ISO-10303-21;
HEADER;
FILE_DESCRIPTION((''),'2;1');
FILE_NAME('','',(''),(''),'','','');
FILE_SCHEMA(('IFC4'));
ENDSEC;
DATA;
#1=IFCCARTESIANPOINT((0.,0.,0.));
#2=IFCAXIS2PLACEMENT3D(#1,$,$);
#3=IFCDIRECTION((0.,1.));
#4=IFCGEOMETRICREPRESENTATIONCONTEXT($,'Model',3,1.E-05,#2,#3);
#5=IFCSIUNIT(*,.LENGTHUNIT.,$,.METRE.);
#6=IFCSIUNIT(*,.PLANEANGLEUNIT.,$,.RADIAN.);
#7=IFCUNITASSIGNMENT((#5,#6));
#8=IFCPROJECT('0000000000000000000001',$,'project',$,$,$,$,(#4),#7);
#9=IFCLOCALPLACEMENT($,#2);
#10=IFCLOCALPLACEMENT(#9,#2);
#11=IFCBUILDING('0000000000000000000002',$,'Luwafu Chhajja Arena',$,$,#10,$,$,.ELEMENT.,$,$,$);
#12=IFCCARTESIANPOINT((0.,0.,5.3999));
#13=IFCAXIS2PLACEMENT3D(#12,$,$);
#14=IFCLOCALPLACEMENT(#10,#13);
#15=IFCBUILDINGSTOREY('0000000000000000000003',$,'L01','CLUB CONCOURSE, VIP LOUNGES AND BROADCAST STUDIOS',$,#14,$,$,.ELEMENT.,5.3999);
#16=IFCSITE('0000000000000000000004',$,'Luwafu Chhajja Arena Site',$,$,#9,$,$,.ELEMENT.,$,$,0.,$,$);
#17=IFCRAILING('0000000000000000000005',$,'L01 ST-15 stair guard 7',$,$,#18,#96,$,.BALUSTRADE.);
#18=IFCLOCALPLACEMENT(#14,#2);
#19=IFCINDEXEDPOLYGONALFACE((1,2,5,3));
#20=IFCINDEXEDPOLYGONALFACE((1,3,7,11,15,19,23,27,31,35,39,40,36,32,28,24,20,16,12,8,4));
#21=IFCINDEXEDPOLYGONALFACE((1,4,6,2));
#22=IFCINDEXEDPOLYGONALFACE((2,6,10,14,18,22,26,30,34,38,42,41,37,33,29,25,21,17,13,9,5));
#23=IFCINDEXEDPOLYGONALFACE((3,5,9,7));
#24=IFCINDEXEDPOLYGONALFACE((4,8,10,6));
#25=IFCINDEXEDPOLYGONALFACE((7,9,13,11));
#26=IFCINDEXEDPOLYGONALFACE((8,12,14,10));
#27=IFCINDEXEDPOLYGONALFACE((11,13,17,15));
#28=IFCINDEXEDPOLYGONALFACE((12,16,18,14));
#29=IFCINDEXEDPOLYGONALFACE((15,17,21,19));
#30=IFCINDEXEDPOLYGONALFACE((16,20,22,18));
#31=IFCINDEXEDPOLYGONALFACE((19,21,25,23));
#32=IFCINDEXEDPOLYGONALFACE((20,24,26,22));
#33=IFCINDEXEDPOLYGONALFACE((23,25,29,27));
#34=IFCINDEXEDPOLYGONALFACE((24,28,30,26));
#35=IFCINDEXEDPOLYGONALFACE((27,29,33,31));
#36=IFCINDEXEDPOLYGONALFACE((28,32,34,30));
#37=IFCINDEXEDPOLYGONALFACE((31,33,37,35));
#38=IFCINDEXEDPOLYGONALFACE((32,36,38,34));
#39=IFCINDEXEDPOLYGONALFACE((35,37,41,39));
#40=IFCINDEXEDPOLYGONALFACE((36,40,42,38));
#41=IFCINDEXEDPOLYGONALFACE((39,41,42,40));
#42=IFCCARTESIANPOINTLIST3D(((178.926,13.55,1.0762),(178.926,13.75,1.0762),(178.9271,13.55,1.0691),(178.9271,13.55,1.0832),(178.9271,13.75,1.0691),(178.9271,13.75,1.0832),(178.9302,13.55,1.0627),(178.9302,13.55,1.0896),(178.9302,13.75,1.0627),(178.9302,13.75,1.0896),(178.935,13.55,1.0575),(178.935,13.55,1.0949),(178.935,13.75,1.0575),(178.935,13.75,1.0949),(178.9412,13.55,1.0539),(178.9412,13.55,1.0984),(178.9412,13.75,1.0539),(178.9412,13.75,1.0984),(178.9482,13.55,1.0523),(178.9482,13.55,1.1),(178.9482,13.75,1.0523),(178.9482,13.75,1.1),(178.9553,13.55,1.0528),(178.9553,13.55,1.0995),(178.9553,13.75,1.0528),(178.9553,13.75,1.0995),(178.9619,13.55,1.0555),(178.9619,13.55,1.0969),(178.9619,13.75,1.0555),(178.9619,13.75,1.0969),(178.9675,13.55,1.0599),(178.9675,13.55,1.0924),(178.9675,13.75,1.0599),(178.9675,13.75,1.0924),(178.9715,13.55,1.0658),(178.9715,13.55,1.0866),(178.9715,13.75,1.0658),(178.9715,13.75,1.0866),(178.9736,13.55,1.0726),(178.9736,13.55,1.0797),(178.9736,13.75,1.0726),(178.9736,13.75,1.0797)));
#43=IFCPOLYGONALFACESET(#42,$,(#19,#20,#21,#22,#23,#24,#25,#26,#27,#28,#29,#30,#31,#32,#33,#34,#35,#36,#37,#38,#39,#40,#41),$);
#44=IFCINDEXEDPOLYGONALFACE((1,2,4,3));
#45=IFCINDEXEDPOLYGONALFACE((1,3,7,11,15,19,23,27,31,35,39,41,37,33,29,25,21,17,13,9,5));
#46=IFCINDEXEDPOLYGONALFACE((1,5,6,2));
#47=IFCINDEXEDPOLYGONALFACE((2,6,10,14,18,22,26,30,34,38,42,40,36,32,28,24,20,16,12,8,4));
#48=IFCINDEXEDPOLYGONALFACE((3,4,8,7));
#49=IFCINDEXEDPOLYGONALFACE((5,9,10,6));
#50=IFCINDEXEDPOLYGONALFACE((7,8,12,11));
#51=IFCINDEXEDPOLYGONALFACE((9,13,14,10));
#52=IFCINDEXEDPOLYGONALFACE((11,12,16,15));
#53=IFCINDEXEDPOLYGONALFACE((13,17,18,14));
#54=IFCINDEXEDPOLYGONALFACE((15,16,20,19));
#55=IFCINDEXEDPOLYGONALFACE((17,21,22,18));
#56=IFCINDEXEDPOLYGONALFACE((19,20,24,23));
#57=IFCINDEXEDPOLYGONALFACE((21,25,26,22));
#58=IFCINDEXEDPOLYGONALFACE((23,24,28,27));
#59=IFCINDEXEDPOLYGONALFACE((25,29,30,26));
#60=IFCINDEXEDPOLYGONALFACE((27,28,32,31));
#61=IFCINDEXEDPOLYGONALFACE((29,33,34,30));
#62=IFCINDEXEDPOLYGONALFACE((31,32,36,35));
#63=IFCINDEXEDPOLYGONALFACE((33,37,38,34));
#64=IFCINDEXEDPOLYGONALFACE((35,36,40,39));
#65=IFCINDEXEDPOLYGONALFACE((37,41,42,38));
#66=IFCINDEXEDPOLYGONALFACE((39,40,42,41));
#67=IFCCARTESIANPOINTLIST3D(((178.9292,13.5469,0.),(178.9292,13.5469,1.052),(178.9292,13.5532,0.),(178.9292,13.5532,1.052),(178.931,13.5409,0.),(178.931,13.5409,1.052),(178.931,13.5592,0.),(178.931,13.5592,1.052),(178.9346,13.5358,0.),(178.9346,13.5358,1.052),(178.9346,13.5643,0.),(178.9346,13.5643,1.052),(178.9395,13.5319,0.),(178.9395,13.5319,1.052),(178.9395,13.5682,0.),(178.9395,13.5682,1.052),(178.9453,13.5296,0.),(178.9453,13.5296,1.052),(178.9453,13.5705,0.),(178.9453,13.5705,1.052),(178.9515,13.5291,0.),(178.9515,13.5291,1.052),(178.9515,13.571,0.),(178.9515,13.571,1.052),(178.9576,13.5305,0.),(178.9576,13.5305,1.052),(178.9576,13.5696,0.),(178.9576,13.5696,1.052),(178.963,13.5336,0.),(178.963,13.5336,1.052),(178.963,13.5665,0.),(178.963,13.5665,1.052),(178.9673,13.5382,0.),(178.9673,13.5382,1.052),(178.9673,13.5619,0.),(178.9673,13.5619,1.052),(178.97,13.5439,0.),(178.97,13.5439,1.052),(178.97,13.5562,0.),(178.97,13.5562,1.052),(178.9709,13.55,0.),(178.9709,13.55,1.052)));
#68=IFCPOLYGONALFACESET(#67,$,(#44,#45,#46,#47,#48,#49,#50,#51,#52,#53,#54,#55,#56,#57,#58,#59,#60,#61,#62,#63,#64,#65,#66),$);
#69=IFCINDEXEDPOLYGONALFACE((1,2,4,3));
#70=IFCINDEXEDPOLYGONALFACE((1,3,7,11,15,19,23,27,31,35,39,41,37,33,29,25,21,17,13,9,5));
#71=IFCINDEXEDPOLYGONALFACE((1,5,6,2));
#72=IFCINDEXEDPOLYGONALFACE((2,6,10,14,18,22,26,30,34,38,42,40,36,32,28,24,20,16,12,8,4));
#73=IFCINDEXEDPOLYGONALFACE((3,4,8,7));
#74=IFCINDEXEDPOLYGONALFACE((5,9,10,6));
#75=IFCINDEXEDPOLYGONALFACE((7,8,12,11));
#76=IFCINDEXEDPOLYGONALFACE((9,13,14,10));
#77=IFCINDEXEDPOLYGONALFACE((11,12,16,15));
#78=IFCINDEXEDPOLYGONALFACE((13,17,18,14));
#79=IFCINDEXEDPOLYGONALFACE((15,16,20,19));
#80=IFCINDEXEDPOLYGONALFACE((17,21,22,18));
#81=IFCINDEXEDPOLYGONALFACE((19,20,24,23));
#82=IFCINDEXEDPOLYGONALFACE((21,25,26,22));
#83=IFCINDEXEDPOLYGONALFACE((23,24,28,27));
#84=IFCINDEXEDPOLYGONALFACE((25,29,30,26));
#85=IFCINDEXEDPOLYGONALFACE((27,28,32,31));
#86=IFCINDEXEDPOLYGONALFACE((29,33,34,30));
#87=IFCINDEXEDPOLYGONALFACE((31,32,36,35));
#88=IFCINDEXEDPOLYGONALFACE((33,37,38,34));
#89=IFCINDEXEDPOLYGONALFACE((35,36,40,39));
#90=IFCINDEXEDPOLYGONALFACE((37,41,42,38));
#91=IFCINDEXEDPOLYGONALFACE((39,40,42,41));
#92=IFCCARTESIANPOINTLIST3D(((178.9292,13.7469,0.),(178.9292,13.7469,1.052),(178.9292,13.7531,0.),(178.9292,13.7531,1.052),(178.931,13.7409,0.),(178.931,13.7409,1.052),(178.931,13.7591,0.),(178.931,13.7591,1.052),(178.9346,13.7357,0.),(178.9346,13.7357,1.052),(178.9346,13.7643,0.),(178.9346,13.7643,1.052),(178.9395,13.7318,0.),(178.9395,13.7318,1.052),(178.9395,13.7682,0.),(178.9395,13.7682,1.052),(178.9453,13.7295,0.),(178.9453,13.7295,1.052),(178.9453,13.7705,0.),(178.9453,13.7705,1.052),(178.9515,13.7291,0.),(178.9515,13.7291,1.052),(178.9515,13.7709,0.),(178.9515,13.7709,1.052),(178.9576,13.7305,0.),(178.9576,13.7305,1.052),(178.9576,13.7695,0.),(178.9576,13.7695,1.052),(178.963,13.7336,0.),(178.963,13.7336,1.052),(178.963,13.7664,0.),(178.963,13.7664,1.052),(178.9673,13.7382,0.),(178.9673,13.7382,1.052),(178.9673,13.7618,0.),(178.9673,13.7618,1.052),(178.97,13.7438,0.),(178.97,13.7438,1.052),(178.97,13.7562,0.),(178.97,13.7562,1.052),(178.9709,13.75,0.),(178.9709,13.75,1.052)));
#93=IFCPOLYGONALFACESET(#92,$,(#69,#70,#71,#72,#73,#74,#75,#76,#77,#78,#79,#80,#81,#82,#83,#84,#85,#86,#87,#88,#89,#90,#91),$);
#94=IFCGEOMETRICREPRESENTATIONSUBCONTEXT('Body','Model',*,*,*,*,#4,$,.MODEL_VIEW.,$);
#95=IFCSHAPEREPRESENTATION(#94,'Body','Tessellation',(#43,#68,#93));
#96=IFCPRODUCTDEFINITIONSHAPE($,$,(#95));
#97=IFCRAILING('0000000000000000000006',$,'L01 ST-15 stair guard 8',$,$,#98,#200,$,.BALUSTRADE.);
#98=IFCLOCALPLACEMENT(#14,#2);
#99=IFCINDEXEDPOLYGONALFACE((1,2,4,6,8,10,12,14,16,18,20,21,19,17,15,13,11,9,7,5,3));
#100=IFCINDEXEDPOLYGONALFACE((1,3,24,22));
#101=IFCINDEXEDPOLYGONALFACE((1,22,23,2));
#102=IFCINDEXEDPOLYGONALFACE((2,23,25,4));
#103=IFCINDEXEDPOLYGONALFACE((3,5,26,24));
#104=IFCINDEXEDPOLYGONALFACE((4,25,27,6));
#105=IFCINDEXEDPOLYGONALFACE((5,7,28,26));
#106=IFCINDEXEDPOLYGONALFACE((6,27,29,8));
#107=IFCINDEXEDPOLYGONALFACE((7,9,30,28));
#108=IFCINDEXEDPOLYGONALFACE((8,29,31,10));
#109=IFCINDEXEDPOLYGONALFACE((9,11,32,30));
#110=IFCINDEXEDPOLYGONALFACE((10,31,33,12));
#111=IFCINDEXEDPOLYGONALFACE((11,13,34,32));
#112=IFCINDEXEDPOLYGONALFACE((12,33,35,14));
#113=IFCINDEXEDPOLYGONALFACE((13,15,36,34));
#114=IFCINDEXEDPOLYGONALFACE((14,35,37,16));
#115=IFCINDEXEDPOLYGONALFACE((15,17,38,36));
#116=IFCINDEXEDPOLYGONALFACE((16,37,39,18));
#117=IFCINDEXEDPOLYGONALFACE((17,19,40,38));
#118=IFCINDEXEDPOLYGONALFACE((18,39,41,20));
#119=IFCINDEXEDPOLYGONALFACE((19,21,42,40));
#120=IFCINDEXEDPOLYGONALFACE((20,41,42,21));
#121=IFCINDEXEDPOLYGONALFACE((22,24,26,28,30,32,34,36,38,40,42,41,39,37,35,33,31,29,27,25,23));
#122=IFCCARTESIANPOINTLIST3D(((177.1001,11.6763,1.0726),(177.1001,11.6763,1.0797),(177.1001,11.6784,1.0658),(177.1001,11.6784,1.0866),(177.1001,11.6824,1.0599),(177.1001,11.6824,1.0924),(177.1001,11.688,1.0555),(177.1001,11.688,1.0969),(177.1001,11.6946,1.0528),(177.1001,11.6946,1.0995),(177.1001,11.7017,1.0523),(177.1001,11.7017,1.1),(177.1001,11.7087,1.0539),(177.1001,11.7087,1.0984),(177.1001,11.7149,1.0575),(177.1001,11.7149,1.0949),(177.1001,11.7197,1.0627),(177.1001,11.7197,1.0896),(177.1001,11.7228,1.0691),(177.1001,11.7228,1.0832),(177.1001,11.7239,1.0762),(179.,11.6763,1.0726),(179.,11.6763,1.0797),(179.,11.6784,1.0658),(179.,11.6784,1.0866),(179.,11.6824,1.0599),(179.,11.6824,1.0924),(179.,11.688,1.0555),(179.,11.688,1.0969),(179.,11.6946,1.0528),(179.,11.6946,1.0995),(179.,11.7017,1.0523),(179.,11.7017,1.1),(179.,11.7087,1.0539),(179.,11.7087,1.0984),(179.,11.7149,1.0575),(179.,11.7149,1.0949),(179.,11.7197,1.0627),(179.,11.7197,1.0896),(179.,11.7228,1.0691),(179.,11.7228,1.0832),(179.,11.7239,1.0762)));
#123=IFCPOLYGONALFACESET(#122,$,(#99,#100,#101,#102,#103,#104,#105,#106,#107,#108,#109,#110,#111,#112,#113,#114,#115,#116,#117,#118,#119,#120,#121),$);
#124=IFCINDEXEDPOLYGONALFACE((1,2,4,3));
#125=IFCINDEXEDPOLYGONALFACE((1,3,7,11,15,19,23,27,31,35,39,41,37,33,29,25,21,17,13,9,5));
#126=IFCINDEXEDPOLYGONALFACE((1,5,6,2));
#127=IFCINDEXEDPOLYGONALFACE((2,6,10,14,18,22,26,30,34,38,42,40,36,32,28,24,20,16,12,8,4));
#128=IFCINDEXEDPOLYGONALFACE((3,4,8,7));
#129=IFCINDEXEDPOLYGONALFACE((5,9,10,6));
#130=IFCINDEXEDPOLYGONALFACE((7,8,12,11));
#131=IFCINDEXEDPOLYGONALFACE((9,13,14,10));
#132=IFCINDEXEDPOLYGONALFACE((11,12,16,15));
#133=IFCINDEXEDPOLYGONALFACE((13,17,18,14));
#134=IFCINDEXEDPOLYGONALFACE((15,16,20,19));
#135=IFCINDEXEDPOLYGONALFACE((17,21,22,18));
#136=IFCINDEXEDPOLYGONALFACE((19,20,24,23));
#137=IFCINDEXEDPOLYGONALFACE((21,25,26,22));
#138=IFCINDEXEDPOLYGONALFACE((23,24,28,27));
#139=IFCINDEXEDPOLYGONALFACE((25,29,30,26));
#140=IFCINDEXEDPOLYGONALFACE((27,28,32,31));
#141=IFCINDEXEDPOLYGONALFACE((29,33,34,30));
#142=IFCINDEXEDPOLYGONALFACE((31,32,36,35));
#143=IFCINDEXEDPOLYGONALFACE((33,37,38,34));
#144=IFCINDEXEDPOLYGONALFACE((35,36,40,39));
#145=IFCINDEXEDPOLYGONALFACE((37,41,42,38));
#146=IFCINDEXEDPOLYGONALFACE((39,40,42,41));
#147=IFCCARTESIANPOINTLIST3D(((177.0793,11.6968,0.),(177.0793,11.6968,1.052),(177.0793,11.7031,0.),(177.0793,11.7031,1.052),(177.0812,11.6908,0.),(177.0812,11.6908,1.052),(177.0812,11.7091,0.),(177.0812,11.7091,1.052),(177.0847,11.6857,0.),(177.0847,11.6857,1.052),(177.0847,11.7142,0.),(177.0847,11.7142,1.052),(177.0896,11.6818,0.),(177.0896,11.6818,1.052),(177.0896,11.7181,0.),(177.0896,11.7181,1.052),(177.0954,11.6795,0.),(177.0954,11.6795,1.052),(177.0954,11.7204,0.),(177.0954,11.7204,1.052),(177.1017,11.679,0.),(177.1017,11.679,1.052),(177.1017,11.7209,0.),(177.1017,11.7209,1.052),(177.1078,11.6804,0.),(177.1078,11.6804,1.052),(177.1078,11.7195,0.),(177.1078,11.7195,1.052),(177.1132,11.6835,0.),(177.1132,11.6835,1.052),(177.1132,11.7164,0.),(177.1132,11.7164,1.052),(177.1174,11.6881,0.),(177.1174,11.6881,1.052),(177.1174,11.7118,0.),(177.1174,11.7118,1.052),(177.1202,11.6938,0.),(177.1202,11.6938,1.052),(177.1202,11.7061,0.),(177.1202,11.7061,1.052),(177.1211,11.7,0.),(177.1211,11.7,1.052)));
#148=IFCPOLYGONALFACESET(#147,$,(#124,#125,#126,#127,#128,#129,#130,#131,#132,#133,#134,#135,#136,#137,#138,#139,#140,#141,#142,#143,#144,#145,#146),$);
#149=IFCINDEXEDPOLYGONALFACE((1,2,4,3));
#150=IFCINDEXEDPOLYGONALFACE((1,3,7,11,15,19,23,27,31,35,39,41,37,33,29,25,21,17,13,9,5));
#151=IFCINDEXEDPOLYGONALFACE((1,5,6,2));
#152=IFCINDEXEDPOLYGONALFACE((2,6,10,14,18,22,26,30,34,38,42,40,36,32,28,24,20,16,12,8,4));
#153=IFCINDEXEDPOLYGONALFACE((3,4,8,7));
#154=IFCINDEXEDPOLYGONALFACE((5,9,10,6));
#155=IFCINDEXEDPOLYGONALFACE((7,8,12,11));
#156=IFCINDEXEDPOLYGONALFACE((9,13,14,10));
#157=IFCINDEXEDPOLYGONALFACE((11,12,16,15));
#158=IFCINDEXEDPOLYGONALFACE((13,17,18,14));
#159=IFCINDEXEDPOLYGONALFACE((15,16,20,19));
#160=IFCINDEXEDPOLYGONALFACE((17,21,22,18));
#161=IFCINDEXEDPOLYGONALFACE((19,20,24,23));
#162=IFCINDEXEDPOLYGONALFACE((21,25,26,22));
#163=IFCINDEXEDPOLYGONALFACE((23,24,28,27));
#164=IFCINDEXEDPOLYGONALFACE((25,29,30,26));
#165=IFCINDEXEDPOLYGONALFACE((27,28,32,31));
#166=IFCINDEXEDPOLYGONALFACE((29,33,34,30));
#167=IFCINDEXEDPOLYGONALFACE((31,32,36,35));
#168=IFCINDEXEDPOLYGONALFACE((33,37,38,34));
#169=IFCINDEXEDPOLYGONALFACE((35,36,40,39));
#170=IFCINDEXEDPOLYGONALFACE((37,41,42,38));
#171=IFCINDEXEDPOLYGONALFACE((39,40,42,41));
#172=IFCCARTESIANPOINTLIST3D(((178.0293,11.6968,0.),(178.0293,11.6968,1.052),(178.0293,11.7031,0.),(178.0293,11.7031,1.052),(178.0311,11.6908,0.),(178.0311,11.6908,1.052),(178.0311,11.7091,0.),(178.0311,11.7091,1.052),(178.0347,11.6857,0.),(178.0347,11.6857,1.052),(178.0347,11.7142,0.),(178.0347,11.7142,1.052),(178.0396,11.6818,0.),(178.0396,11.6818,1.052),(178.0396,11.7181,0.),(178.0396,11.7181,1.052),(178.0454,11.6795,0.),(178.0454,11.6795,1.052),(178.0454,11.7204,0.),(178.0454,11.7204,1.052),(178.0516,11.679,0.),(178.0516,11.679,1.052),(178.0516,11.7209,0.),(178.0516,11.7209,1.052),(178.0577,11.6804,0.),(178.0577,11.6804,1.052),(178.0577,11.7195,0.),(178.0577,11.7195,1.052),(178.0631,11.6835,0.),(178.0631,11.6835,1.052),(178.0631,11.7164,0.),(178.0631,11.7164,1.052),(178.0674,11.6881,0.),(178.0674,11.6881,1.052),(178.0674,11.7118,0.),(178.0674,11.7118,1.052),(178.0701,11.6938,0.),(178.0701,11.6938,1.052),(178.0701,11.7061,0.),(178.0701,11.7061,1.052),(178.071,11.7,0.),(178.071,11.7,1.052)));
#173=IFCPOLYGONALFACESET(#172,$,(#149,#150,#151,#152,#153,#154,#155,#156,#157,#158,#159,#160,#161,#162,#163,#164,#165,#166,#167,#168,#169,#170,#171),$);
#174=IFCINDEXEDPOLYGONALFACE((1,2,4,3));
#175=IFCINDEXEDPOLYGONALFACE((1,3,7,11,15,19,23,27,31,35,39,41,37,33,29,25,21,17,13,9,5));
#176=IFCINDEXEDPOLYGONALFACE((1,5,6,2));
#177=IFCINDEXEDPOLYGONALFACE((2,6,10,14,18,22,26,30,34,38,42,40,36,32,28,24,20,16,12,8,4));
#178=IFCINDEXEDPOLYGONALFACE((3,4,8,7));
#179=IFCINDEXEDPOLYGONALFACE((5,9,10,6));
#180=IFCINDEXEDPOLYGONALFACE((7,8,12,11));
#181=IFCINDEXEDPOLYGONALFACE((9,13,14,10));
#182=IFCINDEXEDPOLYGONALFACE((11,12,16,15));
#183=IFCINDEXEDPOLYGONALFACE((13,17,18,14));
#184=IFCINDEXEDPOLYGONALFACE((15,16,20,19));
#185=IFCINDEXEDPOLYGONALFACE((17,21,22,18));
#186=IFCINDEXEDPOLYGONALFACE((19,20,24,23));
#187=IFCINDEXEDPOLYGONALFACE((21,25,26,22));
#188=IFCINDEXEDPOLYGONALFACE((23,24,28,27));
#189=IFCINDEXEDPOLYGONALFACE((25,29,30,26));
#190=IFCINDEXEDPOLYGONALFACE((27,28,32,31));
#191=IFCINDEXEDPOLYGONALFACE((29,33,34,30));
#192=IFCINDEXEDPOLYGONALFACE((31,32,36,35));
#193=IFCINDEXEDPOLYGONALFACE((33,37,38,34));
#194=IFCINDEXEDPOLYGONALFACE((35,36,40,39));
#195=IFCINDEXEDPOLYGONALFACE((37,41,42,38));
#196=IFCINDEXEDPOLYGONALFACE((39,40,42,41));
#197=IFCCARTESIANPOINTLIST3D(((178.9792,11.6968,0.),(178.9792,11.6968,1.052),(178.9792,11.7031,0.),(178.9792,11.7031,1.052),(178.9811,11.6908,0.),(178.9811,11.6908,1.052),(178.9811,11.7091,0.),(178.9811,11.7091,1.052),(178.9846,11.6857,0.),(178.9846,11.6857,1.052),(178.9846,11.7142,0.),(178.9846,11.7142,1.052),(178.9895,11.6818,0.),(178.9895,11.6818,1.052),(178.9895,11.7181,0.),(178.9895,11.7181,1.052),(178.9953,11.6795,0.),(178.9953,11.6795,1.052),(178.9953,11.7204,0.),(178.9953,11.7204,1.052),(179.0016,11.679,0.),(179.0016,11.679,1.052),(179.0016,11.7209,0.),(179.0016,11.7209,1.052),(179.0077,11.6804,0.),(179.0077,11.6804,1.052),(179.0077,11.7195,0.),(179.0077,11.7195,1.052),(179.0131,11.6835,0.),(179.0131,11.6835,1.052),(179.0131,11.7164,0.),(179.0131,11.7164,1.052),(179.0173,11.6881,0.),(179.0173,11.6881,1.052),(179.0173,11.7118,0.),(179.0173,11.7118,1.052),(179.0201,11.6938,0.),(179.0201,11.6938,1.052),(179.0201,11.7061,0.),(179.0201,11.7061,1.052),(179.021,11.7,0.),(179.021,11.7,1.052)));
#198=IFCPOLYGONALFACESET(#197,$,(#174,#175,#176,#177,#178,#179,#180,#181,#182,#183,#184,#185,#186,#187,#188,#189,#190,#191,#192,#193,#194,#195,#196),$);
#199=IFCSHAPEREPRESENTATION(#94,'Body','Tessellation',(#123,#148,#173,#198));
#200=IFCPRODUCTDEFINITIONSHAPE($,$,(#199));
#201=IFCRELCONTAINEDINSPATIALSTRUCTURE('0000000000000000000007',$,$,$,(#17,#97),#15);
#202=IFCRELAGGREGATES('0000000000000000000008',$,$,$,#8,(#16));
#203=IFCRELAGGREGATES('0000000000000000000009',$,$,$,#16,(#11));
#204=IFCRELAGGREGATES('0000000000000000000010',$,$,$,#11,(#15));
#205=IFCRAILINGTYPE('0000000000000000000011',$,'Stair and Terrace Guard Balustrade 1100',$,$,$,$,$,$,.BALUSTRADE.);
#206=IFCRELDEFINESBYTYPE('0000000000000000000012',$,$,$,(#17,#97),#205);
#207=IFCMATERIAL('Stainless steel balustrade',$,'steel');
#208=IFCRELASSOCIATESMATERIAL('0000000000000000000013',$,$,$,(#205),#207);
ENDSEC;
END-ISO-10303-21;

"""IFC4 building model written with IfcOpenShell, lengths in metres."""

from ifc_helpers import new_model, si_unit, direction, frame, origin, origin_2d, place, context, subcontext, project, spatial, circle, extrude, material, type_object, element, save


model = new_model("IFC4")

# Units and contexts
model_context = context("Model", 3, precision=1e-05, world=origin(), true_north=direction((0.0, 1.0)))
body_context = subcontext(model_context, "Body", "Model", "MODEL_VIEW")
ifc_project = project(units=[si_unit("LENGTHUNIT", "METRE"), si_unit("PLANEANGLEUNIT", "RADIAN")], contexts=[model_context])

# Site, building, storey
site_placement = place(None, origin())
site = spatial("IfcSite", under=ifc_project, at=site_placement, Name="Luwafu Chhajja Arena Site", CompositionType="ELEMENT", RefElevation=0.0)
building_placement = place(site_placement, origin())
building = spatial("IfcBuilding", under=site, at=building_placement, Name="Luwafu Chhajja Arena", CompositionType="ELEMENT")
storey_placement = place(building_placement, frame((0.0, 0.0, 5.3999)))
storey = spatial("IfcBuildingStorey", under=building, at=storey_placement, Name="L01", Description="CLUB CONCOURSE, VIP LOUNGES AND BROADCAST STUDIOS", CompositionType="ELEMENT", Elevation=5.3999)

# Railings
ifc_material_1 = material(Name="Stainless steel balustrade", Category="steel")
railing_type_1 = type_object("IfcRailingType", Name="Stair and Terrace Guard Balustrade 1100", PredefinedType="BALUSTRADE", material=ifc_material_1)
railing_1_placement = place(storey_placement, frame((178.95, 13.55, 0.0)))
element("IfcRailing", 1, at=railing_1_placement, inside=storey, type_object=railing_type_1, Name="L01 ST-15 stair guard 7", PredefinedType="BALUSTRADE", context=body_context, shape_type="SweptSolid", body=[
    extrude(circle(Radius=0.0239, at=origin_2d()), frame((0.0, 0.0, 1.0762), z_axis=(0.0, 1.0, 0.0), x_axis=(-1.0, 0.0, 0.0)), (0.0, 0.0, 1.0), 0.2),
    extrude(circle(Radius=0.021, at=origin_2d()), origin(), (0.0, 0.0, 1.0), 1.052),
    extrude(circle(Radius=0.021, at=origin_2d()), frame((0.0, 0.2, 0.0)), (0.0, 0.0, 1.0), 1.052),
])
for number, where, name in (
    (2, (177.1001, 11.7, 0.0), "L01 ST-15 stair guard 8"),
):
    element("IfcRailing", number, at=place(storey_placement, frame(where)), inside=storey, type_object=railing_type_1, Name=name, PredefinedType="BALUSTRADE", context=body_context, shape_type="SweptSolid", body=[
        extrude(circle(Radius=0.0239, at=origin_2d()), frame((0.0, 0.0, 1.0762), z_axis=(1.0, 0.0, 0.0), x_axis=(0.0, 1.0, 0.0)), (0.0, 0.0, 1.0), 1.8999),
        extrude(circle(Radius=0.021, at=origin_2d()), origin(), (0.0, 0.0, 1.0), 1.052),
        extrude(circle(Radius=0.021, at=origin_2d()), frame((0.95, 0.0, 0.0)), (0.0, 0.0, 1.0), 1.052),
        extrude(circle(Radius=0.021, at=origin_2d()), frame((1.8999, 0.0, 0.0)), (0.0, 0.0, 1.0), 1.052),
    ])

save(model, "model.ifc")
